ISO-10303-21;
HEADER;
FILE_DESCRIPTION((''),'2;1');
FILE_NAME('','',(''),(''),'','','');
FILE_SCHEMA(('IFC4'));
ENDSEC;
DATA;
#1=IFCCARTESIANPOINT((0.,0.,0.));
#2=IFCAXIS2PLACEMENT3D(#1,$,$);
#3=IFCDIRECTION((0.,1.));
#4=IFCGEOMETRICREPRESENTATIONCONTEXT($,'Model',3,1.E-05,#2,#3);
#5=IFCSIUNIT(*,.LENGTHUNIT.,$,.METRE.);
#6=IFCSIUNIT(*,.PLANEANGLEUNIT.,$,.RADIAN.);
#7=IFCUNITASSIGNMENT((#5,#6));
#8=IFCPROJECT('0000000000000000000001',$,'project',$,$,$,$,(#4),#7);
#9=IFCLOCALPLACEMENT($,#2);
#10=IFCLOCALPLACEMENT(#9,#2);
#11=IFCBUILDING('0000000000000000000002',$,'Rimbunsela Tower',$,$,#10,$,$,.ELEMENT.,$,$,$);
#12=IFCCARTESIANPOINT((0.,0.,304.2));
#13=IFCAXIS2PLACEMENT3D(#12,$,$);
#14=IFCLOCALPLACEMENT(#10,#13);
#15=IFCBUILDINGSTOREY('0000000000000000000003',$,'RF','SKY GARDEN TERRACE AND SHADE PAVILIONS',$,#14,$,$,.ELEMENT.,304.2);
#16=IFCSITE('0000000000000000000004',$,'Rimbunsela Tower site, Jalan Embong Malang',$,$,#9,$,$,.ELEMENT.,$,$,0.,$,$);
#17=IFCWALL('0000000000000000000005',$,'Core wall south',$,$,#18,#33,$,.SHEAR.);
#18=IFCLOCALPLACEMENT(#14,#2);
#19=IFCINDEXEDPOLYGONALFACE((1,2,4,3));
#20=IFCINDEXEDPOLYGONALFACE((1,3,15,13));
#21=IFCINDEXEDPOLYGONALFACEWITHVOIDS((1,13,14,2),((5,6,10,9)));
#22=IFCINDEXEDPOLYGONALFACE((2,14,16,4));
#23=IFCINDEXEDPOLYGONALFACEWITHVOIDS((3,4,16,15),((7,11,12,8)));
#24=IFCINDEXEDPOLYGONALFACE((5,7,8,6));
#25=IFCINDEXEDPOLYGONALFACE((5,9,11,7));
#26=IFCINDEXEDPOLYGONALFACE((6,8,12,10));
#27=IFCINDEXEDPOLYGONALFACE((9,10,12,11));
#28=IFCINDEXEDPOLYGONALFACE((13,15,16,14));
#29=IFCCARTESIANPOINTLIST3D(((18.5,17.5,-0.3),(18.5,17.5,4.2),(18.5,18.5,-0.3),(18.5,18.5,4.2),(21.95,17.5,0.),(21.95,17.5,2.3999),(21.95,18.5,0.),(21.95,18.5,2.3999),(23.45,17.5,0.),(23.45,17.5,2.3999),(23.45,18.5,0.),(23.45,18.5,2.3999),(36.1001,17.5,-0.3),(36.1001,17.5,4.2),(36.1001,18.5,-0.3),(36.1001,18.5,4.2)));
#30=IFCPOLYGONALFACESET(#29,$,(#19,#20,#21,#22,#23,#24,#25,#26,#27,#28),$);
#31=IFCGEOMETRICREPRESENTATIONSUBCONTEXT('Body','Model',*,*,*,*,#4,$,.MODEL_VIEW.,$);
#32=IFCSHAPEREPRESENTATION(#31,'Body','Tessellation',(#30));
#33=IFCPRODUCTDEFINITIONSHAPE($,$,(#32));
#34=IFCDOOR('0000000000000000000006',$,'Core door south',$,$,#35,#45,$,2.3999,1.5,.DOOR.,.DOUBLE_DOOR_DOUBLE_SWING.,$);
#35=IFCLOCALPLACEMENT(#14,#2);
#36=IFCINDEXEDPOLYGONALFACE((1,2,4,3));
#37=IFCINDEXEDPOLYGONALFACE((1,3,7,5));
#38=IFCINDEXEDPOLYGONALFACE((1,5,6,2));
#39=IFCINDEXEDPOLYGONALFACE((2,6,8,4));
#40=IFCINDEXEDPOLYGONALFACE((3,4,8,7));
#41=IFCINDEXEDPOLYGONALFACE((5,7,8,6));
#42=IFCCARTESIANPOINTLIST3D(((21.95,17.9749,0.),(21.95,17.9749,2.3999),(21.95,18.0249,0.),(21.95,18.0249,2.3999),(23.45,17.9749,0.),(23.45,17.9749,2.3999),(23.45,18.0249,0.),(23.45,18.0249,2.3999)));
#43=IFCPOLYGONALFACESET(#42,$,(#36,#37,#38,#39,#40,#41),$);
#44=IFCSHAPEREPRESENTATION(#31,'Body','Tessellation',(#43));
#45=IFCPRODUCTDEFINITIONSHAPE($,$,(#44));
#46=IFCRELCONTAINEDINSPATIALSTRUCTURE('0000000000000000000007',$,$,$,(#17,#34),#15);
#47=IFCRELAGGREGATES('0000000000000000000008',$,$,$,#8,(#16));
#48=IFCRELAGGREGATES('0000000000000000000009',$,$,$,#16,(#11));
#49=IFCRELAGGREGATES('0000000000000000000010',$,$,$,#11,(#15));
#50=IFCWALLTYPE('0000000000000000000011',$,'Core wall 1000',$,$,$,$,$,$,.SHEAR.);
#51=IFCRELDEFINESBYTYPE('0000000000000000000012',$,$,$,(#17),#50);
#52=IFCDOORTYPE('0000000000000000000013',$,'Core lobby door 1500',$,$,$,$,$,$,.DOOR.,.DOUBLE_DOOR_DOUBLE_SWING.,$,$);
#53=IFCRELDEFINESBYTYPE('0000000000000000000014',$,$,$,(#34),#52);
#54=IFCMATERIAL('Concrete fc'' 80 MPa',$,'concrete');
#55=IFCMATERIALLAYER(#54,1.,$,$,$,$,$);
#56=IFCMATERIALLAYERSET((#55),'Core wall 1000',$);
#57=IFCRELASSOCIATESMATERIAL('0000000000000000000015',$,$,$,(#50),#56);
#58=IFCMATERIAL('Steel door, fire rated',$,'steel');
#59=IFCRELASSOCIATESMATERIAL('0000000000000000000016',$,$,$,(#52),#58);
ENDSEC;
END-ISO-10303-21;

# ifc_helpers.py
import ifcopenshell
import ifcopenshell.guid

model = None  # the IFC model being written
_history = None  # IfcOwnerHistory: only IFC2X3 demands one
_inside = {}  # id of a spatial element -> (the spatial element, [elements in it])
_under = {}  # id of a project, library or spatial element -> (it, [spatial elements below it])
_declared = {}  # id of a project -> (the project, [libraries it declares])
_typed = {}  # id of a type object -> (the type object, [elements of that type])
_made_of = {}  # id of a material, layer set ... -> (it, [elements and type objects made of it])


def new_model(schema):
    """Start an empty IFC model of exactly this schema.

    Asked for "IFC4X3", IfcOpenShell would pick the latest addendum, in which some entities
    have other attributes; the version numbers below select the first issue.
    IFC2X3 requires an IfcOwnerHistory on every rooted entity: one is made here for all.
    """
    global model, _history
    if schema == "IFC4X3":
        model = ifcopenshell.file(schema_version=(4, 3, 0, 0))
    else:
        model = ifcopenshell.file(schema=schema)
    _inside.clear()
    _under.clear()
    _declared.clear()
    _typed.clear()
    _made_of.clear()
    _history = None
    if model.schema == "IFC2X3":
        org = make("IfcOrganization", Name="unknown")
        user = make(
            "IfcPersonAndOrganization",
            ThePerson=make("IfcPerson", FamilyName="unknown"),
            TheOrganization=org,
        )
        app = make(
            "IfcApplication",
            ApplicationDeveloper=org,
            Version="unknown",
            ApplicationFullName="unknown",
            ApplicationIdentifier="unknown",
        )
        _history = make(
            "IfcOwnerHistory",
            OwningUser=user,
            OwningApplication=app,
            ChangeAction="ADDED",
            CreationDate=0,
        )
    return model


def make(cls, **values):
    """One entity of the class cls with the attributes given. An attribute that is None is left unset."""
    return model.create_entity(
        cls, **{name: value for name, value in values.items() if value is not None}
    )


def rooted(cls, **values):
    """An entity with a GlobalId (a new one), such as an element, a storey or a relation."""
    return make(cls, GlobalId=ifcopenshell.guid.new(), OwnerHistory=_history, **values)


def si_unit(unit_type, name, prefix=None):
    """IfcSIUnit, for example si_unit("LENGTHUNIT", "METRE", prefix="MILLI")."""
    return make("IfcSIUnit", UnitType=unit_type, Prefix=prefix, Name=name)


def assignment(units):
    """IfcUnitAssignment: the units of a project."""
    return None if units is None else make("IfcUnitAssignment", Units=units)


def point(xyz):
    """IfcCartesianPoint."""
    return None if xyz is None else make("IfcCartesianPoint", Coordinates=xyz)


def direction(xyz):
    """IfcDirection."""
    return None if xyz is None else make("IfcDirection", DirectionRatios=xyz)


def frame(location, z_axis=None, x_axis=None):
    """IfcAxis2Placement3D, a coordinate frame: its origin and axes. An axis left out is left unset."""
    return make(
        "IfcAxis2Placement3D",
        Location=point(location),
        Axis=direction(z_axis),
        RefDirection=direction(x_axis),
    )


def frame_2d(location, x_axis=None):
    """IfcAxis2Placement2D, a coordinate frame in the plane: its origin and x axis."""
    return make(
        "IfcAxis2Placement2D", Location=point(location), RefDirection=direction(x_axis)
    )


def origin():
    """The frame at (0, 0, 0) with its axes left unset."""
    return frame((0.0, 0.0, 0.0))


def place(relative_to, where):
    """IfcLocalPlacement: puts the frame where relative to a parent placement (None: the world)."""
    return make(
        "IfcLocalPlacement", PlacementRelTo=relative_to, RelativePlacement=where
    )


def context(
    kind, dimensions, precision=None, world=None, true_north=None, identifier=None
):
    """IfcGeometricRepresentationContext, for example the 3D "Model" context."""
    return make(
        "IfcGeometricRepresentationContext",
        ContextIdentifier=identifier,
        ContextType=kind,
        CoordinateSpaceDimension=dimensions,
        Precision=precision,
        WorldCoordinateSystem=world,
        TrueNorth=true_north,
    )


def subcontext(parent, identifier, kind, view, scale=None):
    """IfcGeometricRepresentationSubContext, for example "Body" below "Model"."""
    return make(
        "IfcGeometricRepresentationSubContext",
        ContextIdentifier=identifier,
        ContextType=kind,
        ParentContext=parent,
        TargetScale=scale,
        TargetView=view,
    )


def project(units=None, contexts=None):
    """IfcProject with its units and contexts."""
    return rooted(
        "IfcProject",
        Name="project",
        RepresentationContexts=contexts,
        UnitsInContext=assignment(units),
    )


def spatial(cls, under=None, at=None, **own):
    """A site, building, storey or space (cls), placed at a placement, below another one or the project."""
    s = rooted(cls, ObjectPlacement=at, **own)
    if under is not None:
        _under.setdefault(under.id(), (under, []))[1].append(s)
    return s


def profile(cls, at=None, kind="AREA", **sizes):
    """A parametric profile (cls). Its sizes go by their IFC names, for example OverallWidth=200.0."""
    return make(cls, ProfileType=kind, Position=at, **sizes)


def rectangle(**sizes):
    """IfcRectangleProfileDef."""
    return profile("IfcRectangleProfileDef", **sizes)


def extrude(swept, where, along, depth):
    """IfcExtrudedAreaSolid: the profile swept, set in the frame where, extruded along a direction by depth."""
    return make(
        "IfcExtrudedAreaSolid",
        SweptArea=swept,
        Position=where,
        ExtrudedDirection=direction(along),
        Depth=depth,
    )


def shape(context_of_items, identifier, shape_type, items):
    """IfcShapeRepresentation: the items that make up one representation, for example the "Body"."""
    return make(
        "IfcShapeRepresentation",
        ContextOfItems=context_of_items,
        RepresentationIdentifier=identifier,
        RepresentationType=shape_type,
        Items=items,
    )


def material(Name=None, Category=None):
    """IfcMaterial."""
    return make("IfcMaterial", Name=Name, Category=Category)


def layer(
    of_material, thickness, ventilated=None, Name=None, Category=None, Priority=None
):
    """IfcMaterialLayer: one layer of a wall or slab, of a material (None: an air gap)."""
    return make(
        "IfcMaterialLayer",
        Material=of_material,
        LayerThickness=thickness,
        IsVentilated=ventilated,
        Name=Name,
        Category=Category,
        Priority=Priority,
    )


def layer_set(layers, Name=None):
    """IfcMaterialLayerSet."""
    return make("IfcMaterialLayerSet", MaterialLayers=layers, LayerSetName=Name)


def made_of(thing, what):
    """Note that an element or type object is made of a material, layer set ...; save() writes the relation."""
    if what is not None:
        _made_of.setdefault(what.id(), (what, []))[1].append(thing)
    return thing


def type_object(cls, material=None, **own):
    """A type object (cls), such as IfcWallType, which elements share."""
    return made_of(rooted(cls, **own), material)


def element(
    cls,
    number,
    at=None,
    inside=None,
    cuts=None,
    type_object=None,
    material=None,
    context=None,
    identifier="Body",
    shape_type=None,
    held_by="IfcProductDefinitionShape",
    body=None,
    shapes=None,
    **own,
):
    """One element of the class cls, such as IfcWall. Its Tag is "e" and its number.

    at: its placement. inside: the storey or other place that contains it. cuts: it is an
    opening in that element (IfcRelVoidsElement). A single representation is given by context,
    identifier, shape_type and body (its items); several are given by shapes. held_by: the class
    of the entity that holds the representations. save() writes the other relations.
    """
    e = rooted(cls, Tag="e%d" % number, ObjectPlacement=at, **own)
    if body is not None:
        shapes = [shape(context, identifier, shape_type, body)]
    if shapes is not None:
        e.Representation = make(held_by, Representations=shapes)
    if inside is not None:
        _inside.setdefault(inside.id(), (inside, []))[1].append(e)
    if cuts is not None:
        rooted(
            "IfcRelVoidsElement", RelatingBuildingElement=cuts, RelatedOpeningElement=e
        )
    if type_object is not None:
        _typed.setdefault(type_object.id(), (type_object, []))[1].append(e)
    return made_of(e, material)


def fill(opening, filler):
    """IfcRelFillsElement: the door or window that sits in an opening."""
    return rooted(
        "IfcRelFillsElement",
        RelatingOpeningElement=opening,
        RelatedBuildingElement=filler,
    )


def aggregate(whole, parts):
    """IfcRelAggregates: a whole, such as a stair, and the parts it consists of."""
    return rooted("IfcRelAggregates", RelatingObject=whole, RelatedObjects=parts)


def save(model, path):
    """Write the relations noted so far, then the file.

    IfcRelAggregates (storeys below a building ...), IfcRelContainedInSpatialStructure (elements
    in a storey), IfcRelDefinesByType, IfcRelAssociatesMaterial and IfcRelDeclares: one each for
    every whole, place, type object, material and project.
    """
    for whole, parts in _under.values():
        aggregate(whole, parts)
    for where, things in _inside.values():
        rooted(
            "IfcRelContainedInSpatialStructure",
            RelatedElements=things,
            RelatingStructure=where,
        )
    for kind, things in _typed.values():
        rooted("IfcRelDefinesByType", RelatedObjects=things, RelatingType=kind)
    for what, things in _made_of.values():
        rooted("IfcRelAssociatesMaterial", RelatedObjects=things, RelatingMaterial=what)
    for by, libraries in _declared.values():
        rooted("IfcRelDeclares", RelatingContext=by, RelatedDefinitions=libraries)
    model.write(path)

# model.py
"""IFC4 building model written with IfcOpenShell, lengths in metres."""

from ifc_helpers import new_model, si_unit, direction, frame, frame_2d, origin, place, context, subcontext, project, spatial, rectangle, extrude, material, layer, layer_set, type_object, element, fill, save


model = new_model("IFC4")

# Units and contexts
model_context = context("Model", 3, precision=1e-05, world=origin(), true_north=direction((0.0, 1.0)))
body_context = subcontext(model_context, "Body", "Model", "MODEL_VIEW")
ifc_project = project(units=[si_unit("LENGTHUNIT", "METRE"), si_unit("PLANEANGLEUNIT", "RADIAN")], contexts=[model_context])

# Site, building, storey
site_placement = place(None, origin())
site = spatial("IfcSite", under=ifc_project, at=site_placement, Name="Rimbunsela Tower site, Jalan Embong Malang", CompositionType="ELEMENT", RefElevation=0.0)
building_placement = place(site_placement, origin())
building = spatial("IfcBuilding", under=site, at=building_placement, Name="Rimbunsela Tower", CompositionType="ELEMENT")
storey_placement = place(building_placement, frame((0.0, 0.0, 304.2)))
storey = spatial("IfcBuildingStorey", under=building, at=storey_placement, Name="RF", Description="SKY GARDEN TERRACE AND SHADE PAVILIONS", CompositionType="ELEMENT", Elevation=304.2)

# Shared definitions
ifc_material_1 = material(Name="Concrete fc' 80 MPa", Category="concrete")
ifc_layer_1 = layer(ifc_material_1, 1.0)
ifc_layer_set_1 = layer_set([ifc_layer_1], Name="Core wall 1000")
wall_type = type_object("IfcWallType", Name="Core wall 1000", PredefinedType="SHEAR", material=ifc_layer_set_1)

# Wall, opening, door
wall_1_placement = place(storey_placement, frame((18.5, 18.0, -0.3), z_axis=(0.0, 0.0, 1.0), x_axis=(1.0, 0.0, 0.0)))
wall_1 = element("IfcWall", 1, at=wall_1_placement, inside=storey, type_object=wall_type, Name="Core wall south", PredefinedType="SHEAR", context=body_context, shape_type="SweptSolid", body=[
    extrude(rectangle(XDim=17.6001, YDim=1.0, at=frame_2d((8.8, 0.0))), origin(), (0.0, 0.0, 1.0), 4.5),
])
opening_placement = place(wall_1_placement, frame((3.45, 0.0, 0.3)))
opening = element("IfcOpeningElement", 2, at=opening_placement, cuts=wall_1, PredefinedType="OPENING", context=body_context, shape_type="SweptSolid", body=[
    extrude(rectangle(XDim=1.5, YDim=2.3999, at=frame_2d((0.75, 1.2))), frame((0.0, 0.51, 0.0), z_axis=(0.0, -1.0, 0.0), x_axis=(1.0, 0.0, 0.0)), (0.0, 0.0, 1.0), 1.02),
])
ifc_material_2 = material(Name="Steel door, fire rated", Category="steel")
door_type = type_object("IfcDoorType", Name="Core lobby door 1500", OperationType="DOUBLE_DOOR_DOUBLE_SWING", PredefinedType="DOOR", material=ifc_material_2)
door_placement = place(opening_placement, origin())
door = element("IfcDoor", 3, at=door_placement, inside=storey, type_object=door_type, Name="Core door south", OperationType="DOUBLE_DOOR_DOUBLE_SWING", OverallHeight=2.3999, OverallWidth=1.5, PredefinedType="DOOR", context=body_context, shape_type="SweptSolid", body=[
    extrude(rectangle(XDim=1.5, YDim=2.3999, at=frame_2d((0.75, 1.2))), frame((0.0, 0.0249, 0.0), z_axis=(0.0, -1.0, 0.0), x_axis=(1.0, 0.0, 0.0)), (0.0, 0.0, 1.0), 0.05),
])
fill(opening, door)

save(model, "model.ifc")
